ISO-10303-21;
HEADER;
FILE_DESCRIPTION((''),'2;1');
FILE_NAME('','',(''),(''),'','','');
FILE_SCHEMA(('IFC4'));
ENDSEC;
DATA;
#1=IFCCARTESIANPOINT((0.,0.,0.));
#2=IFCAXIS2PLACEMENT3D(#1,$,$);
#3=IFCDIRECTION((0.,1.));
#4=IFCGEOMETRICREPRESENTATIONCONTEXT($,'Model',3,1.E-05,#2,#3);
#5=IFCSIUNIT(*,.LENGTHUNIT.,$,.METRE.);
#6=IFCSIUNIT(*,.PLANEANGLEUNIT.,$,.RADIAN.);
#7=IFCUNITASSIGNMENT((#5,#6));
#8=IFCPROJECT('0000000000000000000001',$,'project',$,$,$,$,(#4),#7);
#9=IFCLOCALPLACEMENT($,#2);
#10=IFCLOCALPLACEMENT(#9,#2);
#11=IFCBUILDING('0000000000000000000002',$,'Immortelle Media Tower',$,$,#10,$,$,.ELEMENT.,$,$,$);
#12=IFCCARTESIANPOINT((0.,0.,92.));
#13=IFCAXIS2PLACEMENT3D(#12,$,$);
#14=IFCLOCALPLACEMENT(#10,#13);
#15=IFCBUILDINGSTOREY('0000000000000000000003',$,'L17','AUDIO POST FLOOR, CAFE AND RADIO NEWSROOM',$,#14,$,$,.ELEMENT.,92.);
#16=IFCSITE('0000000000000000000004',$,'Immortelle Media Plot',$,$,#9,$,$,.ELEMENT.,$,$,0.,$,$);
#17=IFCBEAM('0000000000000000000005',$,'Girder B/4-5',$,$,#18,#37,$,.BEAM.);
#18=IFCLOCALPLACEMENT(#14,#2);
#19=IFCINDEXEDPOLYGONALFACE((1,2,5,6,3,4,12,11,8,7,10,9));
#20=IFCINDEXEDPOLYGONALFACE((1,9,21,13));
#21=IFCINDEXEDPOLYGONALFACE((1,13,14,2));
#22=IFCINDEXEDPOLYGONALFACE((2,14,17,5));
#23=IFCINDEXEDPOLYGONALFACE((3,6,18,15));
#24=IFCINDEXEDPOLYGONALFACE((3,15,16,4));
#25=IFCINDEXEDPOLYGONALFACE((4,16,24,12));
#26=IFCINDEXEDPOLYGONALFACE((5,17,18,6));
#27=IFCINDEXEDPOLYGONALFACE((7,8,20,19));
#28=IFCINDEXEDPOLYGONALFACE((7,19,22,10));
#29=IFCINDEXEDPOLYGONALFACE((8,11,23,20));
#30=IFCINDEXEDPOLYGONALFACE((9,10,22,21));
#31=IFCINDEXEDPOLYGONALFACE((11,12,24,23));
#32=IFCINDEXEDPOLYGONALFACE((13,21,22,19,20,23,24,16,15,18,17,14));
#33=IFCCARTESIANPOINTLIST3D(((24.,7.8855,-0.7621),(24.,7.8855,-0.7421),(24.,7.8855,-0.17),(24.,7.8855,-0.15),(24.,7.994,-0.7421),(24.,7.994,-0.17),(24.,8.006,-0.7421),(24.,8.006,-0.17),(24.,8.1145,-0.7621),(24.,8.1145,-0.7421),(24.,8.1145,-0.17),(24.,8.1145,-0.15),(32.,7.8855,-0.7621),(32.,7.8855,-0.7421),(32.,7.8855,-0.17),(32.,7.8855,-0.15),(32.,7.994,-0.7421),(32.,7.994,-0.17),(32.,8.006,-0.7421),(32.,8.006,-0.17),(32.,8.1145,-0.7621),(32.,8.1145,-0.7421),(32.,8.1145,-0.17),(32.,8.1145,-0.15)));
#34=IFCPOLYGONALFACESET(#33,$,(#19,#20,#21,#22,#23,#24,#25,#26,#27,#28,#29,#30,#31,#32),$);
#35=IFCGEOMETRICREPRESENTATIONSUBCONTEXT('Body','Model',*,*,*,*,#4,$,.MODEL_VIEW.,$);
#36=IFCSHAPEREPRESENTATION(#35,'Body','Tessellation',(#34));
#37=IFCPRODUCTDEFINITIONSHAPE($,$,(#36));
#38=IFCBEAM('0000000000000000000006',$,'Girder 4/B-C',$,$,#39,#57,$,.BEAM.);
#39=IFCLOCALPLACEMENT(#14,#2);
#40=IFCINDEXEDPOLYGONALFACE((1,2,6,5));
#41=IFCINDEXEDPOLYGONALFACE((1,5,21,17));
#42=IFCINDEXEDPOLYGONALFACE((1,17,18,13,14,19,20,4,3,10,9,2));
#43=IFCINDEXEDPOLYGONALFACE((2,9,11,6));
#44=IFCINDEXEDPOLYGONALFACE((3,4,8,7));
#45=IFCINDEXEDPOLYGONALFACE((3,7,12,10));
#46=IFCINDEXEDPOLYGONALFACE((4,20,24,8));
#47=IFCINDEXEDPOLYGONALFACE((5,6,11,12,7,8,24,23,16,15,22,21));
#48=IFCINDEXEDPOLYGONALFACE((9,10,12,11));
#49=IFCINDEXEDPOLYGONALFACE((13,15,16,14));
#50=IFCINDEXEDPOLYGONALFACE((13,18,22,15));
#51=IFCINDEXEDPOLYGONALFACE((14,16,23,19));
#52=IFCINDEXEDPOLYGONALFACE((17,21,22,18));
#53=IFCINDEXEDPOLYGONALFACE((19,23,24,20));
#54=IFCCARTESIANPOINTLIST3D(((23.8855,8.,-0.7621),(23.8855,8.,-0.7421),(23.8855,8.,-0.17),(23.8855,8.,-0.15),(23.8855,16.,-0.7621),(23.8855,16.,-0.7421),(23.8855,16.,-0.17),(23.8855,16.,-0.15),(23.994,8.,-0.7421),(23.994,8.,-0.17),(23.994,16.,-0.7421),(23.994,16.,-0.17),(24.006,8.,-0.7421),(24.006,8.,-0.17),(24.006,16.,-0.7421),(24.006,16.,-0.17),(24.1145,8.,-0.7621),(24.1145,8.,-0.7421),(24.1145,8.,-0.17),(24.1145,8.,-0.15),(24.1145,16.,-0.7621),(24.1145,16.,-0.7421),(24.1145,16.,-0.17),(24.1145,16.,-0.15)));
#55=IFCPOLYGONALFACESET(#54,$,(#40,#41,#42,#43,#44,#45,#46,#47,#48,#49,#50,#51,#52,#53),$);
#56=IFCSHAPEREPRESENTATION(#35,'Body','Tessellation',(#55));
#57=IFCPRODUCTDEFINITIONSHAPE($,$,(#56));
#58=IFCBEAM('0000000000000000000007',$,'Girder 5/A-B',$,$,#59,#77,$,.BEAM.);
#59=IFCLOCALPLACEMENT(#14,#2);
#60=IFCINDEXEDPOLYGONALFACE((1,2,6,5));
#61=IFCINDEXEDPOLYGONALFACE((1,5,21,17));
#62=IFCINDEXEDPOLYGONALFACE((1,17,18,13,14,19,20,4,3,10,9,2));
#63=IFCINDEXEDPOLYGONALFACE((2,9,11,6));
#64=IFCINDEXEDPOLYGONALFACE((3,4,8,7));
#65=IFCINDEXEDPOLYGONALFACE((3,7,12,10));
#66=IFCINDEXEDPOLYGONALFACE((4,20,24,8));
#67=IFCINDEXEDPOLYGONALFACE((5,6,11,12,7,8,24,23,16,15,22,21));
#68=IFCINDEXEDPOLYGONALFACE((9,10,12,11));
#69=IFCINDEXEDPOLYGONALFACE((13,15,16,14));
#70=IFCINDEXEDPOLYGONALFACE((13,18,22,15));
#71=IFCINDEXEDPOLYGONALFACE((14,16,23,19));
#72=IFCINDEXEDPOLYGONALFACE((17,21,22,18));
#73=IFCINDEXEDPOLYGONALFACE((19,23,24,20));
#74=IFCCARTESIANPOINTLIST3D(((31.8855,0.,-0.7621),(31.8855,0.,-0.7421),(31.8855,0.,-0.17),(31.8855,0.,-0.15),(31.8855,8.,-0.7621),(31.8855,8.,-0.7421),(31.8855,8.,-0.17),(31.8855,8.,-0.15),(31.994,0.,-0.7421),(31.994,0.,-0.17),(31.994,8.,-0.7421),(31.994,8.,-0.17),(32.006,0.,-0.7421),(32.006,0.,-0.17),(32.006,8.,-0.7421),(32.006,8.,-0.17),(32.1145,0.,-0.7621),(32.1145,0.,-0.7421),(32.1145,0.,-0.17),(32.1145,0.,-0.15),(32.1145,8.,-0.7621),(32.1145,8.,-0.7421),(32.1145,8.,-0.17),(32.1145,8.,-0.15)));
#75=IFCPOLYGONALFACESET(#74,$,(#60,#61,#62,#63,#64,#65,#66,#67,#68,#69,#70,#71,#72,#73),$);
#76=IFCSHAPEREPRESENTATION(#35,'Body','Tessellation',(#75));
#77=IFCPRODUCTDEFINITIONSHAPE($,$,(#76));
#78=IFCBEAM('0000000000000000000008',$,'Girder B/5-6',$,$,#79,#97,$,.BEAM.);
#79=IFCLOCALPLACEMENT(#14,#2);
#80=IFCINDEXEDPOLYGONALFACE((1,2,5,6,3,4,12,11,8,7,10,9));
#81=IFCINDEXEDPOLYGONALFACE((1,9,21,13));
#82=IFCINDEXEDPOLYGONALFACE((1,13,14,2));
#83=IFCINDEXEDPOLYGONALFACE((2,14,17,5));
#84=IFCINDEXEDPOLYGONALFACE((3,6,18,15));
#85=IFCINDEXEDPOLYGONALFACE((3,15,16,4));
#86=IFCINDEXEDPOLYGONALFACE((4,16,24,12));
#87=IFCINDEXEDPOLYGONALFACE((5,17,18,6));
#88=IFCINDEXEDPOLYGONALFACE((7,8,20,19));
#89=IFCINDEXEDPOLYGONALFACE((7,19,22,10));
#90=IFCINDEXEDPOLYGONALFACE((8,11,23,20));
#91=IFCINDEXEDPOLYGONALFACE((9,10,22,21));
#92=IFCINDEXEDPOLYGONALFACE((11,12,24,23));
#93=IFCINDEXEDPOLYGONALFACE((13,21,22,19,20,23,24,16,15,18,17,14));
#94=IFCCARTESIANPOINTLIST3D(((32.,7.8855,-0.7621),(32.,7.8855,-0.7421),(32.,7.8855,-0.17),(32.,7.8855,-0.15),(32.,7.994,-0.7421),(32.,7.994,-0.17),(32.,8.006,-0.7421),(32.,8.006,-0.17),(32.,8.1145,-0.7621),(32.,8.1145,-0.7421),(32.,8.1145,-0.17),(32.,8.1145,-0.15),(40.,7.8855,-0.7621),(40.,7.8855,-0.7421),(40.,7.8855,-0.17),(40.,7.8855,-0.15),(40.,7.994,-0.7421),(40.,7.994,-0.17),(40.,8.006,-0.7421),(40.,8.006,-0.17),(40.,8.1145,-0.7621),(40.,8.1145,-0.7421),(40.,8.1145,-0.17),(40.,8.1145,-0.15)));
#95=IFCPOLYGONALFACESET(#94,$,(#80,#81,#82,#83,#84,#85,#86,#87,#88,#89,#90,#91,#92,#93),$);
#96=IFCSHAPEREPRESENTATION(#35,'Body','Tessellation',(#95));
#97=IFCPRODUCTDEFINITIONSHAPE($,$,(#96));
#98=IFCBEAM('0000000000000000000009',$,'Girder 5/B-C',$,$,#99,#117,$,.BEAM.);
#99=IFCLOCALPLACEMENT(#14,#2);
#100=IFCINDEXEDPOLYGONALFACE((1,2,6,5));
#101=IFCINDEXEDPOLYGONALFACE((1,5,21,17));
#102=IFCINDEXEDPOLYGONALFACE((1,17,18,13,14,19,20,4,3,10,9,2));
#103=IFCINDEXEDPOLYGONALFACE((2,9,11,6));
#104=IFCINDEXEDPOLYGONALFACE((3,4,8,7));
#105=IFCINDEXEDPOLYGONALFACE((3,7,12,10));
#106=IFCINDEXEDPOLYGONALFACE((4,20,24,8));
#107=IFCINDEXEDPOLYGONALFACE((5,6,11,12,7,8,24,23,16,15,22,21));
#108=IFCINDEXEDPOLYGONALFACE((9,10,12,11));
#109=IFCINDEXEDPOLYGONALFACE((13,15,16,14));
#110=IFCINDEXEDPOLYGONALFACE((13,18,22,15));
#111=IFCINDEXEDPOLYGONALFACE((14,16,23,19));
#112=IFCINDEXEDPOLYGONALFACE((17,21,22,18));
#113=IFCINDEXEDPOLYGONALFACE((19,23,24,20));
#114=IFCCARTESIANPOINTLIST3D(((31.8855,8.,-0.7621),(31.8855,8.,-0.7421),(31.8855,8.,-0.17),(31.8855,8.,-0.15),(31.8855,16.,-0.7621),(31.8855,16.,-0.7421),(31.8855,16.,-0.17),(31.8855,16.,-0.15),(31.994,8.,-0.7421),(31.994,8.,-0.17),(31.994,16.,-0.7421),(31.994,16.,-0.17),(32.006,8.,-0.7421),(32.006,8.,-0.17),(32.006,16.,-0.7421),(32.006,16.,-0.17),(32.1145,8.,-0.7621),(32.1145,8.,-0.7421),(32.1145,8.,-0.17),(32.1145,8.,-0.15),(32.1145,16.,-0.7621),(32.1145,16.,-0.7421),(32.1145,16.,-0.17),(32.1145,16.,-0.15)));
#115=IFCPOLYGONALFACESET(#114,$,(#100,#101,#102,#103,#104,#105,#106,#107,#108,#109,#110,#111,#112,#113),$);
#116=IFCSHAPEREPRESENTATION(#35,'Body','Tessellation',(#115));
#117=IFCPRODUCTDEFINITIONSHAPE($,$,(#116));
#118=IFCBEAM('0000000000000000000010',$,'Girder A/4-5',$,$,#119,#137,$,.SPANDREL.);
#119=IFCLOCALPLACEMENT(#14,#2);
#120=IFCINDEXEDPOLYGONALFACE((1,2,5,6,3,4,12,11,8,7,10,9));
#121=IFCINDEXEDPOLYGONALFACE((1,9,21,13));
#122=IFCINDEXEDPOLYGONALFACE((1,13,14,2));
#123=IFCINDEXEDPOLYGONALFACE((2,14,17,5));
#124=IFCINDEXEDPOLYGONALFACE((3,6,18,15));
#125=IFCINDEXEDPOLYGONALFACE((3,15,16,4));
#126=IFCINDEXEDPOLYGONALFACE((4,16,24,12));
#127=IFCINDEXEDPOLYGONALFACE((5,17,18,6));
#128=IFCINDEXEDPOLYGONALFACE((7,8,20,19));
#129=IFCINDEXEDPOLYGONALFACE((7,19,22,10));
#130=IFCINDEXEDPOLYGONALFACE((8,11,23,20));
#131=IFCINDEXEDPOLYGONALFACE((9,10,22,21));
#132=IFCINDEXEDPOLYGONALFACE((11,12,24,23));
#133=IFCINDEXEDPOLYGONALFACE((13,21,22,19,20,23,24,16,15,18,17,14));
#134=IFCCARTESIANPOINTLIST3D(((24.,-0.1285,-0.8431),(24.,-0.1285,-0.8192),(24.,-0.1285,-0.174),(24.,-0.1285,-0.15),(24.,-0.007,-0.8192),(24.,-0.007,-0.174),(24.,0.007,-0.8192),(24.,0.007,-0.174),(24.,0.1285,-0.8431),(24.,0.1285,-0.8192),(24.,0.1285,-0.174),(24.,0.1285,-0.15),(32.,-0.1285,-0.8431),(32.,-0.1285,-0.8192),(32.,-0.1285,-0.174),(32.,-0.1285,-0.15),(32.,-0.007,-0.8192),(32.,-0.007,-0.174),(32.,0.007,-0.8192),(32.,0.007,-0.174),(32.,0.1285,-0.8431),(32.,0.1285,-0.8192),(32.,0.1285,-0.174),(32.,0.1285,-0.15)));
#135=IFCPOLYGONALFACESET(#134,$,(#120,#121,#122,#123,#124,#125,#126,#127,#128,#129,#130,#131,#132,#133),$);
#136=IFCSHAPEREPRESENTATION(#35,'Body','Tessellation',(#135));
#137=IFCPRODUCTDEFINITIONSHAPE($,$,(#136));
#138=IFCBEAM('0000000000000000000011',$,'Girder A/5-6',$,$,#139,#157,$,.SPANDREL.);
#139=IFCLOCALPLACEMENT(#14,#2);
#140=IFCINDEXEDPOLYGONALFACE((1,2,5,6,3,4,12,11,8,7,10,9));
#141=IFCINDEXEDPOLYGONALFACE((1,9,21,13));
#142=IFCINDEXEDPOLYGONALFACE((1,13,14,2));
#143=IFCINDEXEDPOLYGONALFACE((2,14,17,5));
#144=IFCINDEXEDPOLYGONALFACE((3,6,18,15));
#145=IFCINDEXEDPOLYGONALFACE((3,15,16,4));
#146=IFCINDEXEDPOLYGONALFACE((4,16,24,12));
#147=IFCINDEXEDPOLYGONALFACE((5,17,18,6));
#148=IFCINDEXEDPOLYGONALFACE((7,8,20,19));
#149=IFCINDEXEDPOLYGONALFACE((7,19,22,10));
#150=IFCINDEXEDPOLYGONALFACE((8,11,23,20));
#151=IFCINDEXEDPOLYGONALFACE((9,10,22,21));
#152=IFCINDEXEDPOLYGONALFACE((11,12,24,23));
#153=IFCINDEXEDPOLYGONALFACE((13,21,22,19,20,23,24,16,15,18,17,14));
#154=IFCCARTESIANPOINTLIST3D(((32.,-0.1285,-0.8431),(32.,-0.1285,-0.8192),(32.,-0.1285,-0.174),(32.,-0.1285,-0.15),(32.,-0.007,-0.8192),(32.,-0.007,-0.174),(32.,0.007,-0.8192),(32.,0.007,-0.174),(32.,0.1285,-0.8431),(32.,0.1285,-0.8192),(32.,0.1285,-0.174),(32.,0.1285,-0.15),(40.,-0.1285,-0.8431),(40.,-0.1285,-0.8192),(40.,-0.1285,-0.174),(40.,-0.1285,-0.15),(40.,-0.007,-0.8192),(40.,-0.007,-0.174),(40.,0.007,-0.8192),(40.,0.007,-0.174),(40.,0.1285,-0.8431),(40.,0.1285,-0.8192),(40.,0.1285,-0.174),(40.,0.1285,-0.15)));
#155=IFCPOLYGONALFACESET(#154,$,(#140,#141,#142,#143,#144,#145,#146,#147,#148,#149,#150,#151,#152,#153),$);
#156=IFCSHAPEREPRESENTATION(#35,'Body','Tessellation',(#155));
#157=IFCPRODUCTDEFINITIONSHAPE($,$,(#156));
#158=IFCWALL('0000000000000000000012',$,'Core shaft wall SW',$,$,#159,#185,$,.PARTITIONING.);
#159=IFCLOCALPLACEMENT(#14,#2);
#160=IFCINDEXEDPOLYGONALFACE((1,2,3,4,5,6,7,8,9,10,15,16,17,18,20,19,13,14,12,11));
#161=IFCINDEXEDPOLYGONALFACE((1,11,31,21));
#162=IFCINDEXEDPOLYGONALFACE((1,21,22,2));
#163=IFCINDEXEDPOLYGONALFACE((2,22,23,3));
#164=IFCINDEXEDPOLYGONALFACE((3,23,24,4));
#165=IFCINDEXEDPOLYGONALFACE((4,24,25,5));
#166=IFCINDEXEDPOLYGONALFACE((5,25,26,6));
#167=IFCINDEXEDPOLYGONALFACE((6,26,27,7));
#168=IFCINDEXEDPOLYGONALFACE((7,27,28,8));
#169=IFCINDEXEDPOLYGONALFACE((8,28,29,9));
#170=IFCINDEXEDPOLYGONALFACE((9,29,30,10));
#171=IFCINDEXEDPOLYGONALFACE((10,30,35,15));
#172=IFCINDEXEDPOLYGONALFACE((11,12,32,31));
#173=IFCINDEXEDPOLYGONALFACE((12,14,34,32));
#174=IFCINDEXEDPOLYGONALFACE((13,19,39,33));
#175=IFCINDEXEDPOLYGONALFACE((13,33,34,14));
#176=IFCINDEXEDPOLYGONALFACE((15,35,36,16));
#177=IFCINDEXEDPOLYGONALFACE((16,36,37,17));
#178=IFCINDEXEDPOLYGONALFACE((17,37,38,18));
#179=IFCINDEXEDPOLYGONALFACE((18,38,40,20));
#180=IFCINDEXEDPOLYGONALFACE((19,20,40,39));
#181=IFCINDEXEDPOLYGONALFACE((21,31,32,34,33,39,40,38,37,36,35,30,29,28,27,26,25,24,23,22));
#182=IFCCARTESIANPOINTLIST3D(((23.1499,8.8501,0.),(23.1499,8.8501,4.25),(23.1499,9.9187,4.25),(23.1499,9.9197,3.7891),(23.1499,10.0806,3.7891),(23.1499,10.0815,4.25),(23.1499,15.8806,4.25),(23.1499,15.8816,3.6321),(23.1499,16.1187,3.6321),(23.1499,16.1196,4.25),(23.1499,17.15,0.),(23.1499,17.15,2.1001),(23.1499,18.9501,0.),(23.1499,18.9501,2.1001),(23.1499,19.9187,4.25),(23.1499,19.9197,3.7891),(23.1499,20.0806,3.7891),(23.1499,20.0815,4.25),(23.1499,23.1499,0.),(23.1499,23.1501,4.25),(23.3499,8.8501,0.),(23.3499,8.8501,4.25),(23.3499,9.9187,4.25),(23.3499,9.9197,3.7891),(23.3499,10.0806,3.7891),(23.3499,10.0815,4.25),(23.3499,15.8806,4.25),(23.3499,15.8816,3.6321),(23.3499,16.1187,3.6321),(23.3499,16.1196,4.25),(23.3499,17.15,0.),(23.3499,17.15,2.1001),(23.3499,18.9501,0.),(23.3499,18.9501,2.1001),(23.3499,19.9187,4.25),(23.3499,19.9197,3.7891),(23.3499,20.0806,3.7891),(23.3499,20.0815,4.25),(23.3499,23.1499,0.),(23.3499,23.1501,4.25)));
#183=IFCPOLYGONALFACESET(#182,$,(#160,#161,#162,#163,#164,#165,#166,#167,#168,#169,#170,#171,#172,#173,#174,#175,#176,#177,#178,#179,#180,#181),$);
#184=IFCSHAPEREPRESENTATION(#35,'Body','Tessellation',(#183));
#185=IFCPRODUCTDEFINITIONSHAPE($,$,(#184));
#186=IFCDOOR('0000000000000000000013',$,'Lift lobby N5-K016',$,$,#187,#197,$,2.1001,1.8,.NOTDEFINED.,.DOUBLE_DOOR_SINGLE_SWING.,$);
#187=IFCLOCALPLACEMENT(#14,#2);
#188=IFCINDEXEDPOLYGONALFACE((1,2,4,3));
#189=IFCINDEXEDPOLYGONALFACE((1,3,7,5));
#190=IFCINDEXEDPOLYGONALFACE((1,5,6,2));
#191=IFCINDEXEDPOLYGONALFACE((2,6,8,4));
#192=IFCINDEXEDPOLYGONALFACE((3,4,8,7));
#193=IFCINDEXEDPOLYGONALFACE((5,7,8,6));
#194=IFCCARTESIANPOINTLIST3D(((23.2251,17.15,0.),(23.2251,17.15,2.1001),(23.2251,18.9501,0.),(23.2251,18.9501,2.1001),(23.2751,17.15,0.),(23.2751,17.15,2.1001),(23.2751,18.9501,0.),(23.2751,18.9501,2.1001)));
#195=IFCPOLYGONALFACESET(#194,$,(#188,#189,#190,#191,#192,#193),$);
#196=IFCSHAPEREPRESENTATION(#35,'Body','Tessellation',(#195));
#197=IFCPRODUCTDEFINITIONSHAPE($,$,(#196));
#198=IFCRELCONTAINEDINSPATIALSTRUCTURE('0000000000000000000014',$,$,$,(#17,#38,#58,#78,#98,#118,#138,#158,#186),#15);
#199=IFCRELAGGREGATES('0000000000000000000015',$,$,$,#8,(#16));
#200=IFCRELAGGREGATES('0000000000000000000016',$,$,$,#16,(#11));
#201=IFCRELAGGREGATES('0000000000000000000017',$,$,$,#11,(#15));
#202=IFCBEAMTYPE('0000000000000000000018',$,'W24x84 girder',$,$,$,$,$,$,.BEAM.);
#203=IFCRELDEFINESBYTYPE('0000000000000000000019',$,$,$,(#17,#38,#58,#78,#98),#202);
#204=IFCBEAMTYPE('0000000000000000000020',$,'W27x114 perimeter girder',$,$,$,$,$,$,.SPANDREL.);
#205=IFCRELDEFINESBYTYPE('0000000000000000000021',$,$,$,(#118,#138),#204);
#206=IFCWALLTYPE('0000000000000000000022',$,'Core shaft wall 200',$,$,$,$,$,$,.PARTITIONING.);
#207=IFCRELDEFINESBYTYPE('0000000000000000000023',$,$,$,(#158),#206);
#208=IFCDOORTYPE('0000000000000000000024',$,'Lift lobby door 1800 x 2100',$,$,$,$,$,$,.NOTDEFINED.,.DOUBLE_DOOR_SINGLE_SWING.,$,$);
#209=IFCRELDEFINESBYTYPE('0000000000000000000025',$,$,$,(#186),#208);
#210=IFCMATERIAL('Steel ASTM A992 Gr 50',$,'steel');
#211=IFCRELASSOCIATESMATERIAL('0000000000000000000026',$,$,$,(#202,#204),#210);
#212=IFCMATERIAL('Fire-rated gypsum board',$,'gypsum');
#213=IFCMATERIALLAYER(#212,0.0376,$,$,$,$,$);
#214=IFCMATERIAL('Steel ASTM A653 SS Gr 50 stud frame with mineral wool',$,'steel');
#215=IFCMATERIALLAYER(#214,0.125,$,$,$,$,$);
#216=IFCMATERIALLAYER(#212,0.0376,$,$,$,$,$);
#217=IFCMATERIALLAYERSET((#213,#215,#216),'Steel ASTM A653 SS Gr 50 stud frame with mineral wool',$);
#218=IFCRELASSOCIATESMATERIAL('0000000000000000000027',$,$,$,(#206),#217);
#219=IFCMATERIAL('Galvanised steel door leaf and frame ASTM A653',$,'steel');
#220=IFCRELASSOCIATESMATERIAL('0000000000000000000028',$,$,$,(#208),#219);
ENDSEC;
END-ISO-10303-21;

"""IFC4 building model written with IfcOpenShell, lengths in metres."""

from ifc_helpers import new_model, si_unit, direction, frame, frame_2d, origin, origin_2d, place, context, subcontext, project, spatial, polyline, rectangle, i_section, outline, extrude, material, layer, layer_set, material_profile, profile_set, type_object, element, fill, save


model = new_model("IFC4")

# Units and contexts
model_context = context("Model", 3, precision=1e-05, world=origin(), true_north=direction((0.0, 1.0)))
body_context = subcontext(model_context, "Body", "Model", "MODEL_VIEW")
ifc_project = project(units=[si_unit("LENGTHUNIT", "METRE"), si_unit("PLANEANGLEUNIT", "RADIAN")], contexts=[model_context])

# Site, building, storey
site_placement = place(None, origin())
site = spatial("IfcSite", under=ifc_project, at=site_placement, Name="Immortelle Media Plot", CompositionType="ELEMENT", RefElevation=0.0)
building_placement = place(site_placement, origin())
building = spatial("IfcBuilding", under=site, at=building_placement, Name="Immortelle Media Tower", CompositionType="ELEMENT")
storey_placement = place(building_placement, frame((0.0, 0.0, 92.0)))
storey = spatial("IfcBuildingStorey", under=building, at=storey_placement, Name="L17", Description="AUDIO POST FLOOR, CAFE AND RADIO NEWSROOM", CompositionType="ELEMENT", Elevation=92.0)

# Shared definitions
ifc_material_1 = material(Name="Steel ASTM A992 Gr 50", Category="steel")

# Beams
ifc_material_profile_1 = material_profile(ifc_material_1, i_section(OverallWidth=0.229, OverallDepth=0.6121, WebThickness=0.012, FlangeThickness=0.02, at=origin_2d()), Name="W24x84")
ifc_profile_set_1 = profile_set([ifc_material_profile_1], Name="Steel ASTM A992 Gr 50")
beam_type_1 = type_object("IfcBeamType", Name="W24x84 girder", PredefinedType="BEAM", material=ifc_profile_set_1)
for number, where, z_axis, x_axis, name in (
    (1, (24.0, 8.0, -0.4561), (1.0, 0.0, 0.0), (0.0, 1.0, 0.0), "Girder B/4-5"),
    (2, (24.0, 8.0, -0.4561), (0.0, 1.0, 0.0), (-1.0, 0.0, 0.0), "Girder 4/B-C"),
    (3, (32.0, 0.0, -0.4561), (0.0, 1.0, 0.0), (-1.0, 0.0, 0.0), "Girder 5/A-B"),
    (4, (32.0, 8.0, -0.4561), (1.0, 0.0, 0.0), (0.0, 1.0, 0.0), "Girder B/5-6"),
    (5, (32.0, 8.0, -0.4561), (0.0, 1.0, 0.0), (-1.0, 0.0, 0.0), "Girder 5/B-C"),
):
    element("IfcBeam", number, at=place(storey_placement, frame(where, z_axis=z_axis, x_axis=x_axis)), inside=storey, type_object=beam_type_1, Name=name, PredefinedType="BEAM", context=body_context, shape_type="SweptSolid", body=[
        extrude(i_section(OverallWidth=0.229, OverallDepth=0.6121, WebThickness=0.012, FlangeThickness=0.02, at=origin_2d()), origin(), (0.0, 0.0, 1.0), 8.0),
    ])
ifc_material_profile_2 = material_profile(ifc_material_1, i_section(OverallWidth=0.2571, OverallDepth=0.6931, WebThickness=0.0139, FlangeThickness=0.0239, at=origin_2d()), Name="W27x114")
ifc_profile_set_2 = profile_set([ifc_material_profile_2], Name="Steel ASTM A992 Gr 50")
beam_type_2 = type_object("IfcBeamType", Name="W27x114 perimeter girder", PredefinedType="SPANDREL", material=ifc_profile_set_2)
for number, where, z_axis, x_axis, name in (
    (6, (24.0, 0.0, -0.4966), (1.0, 0.0, 0.0), (0.0, 1.0, 0.0), "Girder A/4-5"),
    (7, (32.0, 0.0, -0.4966), (1.0, 0.0, 0.0), (0.0, 1.0, 0.0), "Girder A/5-6"),
):
    element("IfcBeam", number, at=place(storey_placement, frame(where, z_axis=z_axis, x_axis=x_axis)), inside=storey, type_object=beam_type_2, Name=name, PredefinedType="SPANDREL", context=body_context, shape_type="SweptSolid", body=[
        extrude(i_section(OverallWidth=0.2571, OverallDepth=0.6931, WebThickness=0.0139, FlangeThickness=0.0239, at=origin_2d()), origin(), (0.0, 0.0, 1.0), 8.0),
    ])

# Wall, opening, door
ifc_material_2 = material(Name="Fire-rated gypsum board", Category="gypsum")
ifc_layer_1 = layer(ifc_material_2, 0.0376)
ifc_material_3 = material(Name="Steel ASTM A653 SS Gr 50 stud frame with mineral wool", Category="steel")
ifc_layer_2 = layer(ifc_material_3, 0.125)
ifc_layer_3 = layer(ifc_material_2, 0.0376)
ifc_layer_set_1 = layer_set([ifc_layer_1, ifc_layer_2, ifc_layer_3], Name="Steel ASTM A653 SS Gr 50 stud frame with mineral wool")
wall_type_1 = type_object("IfcWallType", Name="Core shaft wall 200", PredefinedType="PARTITIONING", material=ifc_layer_set_1)
wall_1_placement = place(storey_placement, frame((23.25, 8.8501, 0.0), z_axis=(0.0, 0.0, 1.0), x_axis=(0.0, 1.0, 0.0)))
wall_1 = element("IfcWall", 8, at=wall_1_placement, inside=storey, type_object=wall_type_1, Name="Core shaft wall SW", PredefinedType="PARTITIONING", context=body_context, shape_type="SweptSolid", body=[
    extrude(outline(polyline([(0.0, 0.0), (14.2998, 0.0), (14.3, 4.25), (11.2314, 4.25), (11.2305, 3.7891), (11.0696, 3.7891), (11.0686, 4.25), (7.2695, 4.25), (7.2686, 3.6321), (7.0315, 3.6321), (7.0305, 4.25), (1.2314, 4.25), (1.2305, 3.7891), (1.0696, 3.7891), (1.0686, 4.25), (0.0, 4.25), (0.0, 0.0)])), frame((0.0, 0.1001, 0.0), z_axis=(0.0, -1.0, 0.0), x_axis=(1.0, 0.0, 0.0)), (0.0, 0.0, 1.0), 0.2),
])
opening_1_placement = place(wall_1_placement, frame((8.3, 0.0, 0.0)))
opening_1 = element("IfcOpeningElement", 9, at=opening_1_placement, cuts=wall_1, PredefinedType="OPENING", context=body_context, shape_type="SweptSolid", body=[
    extrude(rectangle(XDim=1.8, YDim=2.1001, at=frame_2d((0.8999, 1.05))), frame((0.0, 0.1099, 0.0), z_axis=(0.0, -1.0, 0.0), x_axis=(1.0, 0.0, 0.0)), (0.0, 0.0, 1.0), 0.22),
])
ifc_material_4 = material(Name="Galvanised steel door leaf and frame ASTM A653", Category="steel")
door_type_1 = type_object("IfcDoorType", Name="Lift lobby door 1800 x 2100", OperationType="DOUBLE_DOOR_SINGLE_SWING", PredefinedType="NOTDEFINED", material=ifc_material_4)
door_1_placement = place(opening_1_placement, origin())
door_1 = element("IfcDoor", 10, at=door_1_placement, inside=storey, type_object=door_type_1, Name="Lift lobby N5-K016", OperationType="DOUBLE_DOOR_SINGLE_SWING", OverallHeight=2.1001, OverallWidth=1.8, PredefinedType="NOTDEFINED", context=body_context, shape_type="SweptSolid", body=[
    extrude(rectangle(XDim=1.8, YDim=2.1001, at=frame_2d((0.8999, 1.05))), frame((0.0, 0.0249, 0.0), z_axis=(0.0, -1.0, 0.0), x_axis=(1.0, 0.0, 0.0)), (0.0, 0.0, 1.0), 0.05),
])
fill(opening_1, door_1)

save(model, "model.ifc")
